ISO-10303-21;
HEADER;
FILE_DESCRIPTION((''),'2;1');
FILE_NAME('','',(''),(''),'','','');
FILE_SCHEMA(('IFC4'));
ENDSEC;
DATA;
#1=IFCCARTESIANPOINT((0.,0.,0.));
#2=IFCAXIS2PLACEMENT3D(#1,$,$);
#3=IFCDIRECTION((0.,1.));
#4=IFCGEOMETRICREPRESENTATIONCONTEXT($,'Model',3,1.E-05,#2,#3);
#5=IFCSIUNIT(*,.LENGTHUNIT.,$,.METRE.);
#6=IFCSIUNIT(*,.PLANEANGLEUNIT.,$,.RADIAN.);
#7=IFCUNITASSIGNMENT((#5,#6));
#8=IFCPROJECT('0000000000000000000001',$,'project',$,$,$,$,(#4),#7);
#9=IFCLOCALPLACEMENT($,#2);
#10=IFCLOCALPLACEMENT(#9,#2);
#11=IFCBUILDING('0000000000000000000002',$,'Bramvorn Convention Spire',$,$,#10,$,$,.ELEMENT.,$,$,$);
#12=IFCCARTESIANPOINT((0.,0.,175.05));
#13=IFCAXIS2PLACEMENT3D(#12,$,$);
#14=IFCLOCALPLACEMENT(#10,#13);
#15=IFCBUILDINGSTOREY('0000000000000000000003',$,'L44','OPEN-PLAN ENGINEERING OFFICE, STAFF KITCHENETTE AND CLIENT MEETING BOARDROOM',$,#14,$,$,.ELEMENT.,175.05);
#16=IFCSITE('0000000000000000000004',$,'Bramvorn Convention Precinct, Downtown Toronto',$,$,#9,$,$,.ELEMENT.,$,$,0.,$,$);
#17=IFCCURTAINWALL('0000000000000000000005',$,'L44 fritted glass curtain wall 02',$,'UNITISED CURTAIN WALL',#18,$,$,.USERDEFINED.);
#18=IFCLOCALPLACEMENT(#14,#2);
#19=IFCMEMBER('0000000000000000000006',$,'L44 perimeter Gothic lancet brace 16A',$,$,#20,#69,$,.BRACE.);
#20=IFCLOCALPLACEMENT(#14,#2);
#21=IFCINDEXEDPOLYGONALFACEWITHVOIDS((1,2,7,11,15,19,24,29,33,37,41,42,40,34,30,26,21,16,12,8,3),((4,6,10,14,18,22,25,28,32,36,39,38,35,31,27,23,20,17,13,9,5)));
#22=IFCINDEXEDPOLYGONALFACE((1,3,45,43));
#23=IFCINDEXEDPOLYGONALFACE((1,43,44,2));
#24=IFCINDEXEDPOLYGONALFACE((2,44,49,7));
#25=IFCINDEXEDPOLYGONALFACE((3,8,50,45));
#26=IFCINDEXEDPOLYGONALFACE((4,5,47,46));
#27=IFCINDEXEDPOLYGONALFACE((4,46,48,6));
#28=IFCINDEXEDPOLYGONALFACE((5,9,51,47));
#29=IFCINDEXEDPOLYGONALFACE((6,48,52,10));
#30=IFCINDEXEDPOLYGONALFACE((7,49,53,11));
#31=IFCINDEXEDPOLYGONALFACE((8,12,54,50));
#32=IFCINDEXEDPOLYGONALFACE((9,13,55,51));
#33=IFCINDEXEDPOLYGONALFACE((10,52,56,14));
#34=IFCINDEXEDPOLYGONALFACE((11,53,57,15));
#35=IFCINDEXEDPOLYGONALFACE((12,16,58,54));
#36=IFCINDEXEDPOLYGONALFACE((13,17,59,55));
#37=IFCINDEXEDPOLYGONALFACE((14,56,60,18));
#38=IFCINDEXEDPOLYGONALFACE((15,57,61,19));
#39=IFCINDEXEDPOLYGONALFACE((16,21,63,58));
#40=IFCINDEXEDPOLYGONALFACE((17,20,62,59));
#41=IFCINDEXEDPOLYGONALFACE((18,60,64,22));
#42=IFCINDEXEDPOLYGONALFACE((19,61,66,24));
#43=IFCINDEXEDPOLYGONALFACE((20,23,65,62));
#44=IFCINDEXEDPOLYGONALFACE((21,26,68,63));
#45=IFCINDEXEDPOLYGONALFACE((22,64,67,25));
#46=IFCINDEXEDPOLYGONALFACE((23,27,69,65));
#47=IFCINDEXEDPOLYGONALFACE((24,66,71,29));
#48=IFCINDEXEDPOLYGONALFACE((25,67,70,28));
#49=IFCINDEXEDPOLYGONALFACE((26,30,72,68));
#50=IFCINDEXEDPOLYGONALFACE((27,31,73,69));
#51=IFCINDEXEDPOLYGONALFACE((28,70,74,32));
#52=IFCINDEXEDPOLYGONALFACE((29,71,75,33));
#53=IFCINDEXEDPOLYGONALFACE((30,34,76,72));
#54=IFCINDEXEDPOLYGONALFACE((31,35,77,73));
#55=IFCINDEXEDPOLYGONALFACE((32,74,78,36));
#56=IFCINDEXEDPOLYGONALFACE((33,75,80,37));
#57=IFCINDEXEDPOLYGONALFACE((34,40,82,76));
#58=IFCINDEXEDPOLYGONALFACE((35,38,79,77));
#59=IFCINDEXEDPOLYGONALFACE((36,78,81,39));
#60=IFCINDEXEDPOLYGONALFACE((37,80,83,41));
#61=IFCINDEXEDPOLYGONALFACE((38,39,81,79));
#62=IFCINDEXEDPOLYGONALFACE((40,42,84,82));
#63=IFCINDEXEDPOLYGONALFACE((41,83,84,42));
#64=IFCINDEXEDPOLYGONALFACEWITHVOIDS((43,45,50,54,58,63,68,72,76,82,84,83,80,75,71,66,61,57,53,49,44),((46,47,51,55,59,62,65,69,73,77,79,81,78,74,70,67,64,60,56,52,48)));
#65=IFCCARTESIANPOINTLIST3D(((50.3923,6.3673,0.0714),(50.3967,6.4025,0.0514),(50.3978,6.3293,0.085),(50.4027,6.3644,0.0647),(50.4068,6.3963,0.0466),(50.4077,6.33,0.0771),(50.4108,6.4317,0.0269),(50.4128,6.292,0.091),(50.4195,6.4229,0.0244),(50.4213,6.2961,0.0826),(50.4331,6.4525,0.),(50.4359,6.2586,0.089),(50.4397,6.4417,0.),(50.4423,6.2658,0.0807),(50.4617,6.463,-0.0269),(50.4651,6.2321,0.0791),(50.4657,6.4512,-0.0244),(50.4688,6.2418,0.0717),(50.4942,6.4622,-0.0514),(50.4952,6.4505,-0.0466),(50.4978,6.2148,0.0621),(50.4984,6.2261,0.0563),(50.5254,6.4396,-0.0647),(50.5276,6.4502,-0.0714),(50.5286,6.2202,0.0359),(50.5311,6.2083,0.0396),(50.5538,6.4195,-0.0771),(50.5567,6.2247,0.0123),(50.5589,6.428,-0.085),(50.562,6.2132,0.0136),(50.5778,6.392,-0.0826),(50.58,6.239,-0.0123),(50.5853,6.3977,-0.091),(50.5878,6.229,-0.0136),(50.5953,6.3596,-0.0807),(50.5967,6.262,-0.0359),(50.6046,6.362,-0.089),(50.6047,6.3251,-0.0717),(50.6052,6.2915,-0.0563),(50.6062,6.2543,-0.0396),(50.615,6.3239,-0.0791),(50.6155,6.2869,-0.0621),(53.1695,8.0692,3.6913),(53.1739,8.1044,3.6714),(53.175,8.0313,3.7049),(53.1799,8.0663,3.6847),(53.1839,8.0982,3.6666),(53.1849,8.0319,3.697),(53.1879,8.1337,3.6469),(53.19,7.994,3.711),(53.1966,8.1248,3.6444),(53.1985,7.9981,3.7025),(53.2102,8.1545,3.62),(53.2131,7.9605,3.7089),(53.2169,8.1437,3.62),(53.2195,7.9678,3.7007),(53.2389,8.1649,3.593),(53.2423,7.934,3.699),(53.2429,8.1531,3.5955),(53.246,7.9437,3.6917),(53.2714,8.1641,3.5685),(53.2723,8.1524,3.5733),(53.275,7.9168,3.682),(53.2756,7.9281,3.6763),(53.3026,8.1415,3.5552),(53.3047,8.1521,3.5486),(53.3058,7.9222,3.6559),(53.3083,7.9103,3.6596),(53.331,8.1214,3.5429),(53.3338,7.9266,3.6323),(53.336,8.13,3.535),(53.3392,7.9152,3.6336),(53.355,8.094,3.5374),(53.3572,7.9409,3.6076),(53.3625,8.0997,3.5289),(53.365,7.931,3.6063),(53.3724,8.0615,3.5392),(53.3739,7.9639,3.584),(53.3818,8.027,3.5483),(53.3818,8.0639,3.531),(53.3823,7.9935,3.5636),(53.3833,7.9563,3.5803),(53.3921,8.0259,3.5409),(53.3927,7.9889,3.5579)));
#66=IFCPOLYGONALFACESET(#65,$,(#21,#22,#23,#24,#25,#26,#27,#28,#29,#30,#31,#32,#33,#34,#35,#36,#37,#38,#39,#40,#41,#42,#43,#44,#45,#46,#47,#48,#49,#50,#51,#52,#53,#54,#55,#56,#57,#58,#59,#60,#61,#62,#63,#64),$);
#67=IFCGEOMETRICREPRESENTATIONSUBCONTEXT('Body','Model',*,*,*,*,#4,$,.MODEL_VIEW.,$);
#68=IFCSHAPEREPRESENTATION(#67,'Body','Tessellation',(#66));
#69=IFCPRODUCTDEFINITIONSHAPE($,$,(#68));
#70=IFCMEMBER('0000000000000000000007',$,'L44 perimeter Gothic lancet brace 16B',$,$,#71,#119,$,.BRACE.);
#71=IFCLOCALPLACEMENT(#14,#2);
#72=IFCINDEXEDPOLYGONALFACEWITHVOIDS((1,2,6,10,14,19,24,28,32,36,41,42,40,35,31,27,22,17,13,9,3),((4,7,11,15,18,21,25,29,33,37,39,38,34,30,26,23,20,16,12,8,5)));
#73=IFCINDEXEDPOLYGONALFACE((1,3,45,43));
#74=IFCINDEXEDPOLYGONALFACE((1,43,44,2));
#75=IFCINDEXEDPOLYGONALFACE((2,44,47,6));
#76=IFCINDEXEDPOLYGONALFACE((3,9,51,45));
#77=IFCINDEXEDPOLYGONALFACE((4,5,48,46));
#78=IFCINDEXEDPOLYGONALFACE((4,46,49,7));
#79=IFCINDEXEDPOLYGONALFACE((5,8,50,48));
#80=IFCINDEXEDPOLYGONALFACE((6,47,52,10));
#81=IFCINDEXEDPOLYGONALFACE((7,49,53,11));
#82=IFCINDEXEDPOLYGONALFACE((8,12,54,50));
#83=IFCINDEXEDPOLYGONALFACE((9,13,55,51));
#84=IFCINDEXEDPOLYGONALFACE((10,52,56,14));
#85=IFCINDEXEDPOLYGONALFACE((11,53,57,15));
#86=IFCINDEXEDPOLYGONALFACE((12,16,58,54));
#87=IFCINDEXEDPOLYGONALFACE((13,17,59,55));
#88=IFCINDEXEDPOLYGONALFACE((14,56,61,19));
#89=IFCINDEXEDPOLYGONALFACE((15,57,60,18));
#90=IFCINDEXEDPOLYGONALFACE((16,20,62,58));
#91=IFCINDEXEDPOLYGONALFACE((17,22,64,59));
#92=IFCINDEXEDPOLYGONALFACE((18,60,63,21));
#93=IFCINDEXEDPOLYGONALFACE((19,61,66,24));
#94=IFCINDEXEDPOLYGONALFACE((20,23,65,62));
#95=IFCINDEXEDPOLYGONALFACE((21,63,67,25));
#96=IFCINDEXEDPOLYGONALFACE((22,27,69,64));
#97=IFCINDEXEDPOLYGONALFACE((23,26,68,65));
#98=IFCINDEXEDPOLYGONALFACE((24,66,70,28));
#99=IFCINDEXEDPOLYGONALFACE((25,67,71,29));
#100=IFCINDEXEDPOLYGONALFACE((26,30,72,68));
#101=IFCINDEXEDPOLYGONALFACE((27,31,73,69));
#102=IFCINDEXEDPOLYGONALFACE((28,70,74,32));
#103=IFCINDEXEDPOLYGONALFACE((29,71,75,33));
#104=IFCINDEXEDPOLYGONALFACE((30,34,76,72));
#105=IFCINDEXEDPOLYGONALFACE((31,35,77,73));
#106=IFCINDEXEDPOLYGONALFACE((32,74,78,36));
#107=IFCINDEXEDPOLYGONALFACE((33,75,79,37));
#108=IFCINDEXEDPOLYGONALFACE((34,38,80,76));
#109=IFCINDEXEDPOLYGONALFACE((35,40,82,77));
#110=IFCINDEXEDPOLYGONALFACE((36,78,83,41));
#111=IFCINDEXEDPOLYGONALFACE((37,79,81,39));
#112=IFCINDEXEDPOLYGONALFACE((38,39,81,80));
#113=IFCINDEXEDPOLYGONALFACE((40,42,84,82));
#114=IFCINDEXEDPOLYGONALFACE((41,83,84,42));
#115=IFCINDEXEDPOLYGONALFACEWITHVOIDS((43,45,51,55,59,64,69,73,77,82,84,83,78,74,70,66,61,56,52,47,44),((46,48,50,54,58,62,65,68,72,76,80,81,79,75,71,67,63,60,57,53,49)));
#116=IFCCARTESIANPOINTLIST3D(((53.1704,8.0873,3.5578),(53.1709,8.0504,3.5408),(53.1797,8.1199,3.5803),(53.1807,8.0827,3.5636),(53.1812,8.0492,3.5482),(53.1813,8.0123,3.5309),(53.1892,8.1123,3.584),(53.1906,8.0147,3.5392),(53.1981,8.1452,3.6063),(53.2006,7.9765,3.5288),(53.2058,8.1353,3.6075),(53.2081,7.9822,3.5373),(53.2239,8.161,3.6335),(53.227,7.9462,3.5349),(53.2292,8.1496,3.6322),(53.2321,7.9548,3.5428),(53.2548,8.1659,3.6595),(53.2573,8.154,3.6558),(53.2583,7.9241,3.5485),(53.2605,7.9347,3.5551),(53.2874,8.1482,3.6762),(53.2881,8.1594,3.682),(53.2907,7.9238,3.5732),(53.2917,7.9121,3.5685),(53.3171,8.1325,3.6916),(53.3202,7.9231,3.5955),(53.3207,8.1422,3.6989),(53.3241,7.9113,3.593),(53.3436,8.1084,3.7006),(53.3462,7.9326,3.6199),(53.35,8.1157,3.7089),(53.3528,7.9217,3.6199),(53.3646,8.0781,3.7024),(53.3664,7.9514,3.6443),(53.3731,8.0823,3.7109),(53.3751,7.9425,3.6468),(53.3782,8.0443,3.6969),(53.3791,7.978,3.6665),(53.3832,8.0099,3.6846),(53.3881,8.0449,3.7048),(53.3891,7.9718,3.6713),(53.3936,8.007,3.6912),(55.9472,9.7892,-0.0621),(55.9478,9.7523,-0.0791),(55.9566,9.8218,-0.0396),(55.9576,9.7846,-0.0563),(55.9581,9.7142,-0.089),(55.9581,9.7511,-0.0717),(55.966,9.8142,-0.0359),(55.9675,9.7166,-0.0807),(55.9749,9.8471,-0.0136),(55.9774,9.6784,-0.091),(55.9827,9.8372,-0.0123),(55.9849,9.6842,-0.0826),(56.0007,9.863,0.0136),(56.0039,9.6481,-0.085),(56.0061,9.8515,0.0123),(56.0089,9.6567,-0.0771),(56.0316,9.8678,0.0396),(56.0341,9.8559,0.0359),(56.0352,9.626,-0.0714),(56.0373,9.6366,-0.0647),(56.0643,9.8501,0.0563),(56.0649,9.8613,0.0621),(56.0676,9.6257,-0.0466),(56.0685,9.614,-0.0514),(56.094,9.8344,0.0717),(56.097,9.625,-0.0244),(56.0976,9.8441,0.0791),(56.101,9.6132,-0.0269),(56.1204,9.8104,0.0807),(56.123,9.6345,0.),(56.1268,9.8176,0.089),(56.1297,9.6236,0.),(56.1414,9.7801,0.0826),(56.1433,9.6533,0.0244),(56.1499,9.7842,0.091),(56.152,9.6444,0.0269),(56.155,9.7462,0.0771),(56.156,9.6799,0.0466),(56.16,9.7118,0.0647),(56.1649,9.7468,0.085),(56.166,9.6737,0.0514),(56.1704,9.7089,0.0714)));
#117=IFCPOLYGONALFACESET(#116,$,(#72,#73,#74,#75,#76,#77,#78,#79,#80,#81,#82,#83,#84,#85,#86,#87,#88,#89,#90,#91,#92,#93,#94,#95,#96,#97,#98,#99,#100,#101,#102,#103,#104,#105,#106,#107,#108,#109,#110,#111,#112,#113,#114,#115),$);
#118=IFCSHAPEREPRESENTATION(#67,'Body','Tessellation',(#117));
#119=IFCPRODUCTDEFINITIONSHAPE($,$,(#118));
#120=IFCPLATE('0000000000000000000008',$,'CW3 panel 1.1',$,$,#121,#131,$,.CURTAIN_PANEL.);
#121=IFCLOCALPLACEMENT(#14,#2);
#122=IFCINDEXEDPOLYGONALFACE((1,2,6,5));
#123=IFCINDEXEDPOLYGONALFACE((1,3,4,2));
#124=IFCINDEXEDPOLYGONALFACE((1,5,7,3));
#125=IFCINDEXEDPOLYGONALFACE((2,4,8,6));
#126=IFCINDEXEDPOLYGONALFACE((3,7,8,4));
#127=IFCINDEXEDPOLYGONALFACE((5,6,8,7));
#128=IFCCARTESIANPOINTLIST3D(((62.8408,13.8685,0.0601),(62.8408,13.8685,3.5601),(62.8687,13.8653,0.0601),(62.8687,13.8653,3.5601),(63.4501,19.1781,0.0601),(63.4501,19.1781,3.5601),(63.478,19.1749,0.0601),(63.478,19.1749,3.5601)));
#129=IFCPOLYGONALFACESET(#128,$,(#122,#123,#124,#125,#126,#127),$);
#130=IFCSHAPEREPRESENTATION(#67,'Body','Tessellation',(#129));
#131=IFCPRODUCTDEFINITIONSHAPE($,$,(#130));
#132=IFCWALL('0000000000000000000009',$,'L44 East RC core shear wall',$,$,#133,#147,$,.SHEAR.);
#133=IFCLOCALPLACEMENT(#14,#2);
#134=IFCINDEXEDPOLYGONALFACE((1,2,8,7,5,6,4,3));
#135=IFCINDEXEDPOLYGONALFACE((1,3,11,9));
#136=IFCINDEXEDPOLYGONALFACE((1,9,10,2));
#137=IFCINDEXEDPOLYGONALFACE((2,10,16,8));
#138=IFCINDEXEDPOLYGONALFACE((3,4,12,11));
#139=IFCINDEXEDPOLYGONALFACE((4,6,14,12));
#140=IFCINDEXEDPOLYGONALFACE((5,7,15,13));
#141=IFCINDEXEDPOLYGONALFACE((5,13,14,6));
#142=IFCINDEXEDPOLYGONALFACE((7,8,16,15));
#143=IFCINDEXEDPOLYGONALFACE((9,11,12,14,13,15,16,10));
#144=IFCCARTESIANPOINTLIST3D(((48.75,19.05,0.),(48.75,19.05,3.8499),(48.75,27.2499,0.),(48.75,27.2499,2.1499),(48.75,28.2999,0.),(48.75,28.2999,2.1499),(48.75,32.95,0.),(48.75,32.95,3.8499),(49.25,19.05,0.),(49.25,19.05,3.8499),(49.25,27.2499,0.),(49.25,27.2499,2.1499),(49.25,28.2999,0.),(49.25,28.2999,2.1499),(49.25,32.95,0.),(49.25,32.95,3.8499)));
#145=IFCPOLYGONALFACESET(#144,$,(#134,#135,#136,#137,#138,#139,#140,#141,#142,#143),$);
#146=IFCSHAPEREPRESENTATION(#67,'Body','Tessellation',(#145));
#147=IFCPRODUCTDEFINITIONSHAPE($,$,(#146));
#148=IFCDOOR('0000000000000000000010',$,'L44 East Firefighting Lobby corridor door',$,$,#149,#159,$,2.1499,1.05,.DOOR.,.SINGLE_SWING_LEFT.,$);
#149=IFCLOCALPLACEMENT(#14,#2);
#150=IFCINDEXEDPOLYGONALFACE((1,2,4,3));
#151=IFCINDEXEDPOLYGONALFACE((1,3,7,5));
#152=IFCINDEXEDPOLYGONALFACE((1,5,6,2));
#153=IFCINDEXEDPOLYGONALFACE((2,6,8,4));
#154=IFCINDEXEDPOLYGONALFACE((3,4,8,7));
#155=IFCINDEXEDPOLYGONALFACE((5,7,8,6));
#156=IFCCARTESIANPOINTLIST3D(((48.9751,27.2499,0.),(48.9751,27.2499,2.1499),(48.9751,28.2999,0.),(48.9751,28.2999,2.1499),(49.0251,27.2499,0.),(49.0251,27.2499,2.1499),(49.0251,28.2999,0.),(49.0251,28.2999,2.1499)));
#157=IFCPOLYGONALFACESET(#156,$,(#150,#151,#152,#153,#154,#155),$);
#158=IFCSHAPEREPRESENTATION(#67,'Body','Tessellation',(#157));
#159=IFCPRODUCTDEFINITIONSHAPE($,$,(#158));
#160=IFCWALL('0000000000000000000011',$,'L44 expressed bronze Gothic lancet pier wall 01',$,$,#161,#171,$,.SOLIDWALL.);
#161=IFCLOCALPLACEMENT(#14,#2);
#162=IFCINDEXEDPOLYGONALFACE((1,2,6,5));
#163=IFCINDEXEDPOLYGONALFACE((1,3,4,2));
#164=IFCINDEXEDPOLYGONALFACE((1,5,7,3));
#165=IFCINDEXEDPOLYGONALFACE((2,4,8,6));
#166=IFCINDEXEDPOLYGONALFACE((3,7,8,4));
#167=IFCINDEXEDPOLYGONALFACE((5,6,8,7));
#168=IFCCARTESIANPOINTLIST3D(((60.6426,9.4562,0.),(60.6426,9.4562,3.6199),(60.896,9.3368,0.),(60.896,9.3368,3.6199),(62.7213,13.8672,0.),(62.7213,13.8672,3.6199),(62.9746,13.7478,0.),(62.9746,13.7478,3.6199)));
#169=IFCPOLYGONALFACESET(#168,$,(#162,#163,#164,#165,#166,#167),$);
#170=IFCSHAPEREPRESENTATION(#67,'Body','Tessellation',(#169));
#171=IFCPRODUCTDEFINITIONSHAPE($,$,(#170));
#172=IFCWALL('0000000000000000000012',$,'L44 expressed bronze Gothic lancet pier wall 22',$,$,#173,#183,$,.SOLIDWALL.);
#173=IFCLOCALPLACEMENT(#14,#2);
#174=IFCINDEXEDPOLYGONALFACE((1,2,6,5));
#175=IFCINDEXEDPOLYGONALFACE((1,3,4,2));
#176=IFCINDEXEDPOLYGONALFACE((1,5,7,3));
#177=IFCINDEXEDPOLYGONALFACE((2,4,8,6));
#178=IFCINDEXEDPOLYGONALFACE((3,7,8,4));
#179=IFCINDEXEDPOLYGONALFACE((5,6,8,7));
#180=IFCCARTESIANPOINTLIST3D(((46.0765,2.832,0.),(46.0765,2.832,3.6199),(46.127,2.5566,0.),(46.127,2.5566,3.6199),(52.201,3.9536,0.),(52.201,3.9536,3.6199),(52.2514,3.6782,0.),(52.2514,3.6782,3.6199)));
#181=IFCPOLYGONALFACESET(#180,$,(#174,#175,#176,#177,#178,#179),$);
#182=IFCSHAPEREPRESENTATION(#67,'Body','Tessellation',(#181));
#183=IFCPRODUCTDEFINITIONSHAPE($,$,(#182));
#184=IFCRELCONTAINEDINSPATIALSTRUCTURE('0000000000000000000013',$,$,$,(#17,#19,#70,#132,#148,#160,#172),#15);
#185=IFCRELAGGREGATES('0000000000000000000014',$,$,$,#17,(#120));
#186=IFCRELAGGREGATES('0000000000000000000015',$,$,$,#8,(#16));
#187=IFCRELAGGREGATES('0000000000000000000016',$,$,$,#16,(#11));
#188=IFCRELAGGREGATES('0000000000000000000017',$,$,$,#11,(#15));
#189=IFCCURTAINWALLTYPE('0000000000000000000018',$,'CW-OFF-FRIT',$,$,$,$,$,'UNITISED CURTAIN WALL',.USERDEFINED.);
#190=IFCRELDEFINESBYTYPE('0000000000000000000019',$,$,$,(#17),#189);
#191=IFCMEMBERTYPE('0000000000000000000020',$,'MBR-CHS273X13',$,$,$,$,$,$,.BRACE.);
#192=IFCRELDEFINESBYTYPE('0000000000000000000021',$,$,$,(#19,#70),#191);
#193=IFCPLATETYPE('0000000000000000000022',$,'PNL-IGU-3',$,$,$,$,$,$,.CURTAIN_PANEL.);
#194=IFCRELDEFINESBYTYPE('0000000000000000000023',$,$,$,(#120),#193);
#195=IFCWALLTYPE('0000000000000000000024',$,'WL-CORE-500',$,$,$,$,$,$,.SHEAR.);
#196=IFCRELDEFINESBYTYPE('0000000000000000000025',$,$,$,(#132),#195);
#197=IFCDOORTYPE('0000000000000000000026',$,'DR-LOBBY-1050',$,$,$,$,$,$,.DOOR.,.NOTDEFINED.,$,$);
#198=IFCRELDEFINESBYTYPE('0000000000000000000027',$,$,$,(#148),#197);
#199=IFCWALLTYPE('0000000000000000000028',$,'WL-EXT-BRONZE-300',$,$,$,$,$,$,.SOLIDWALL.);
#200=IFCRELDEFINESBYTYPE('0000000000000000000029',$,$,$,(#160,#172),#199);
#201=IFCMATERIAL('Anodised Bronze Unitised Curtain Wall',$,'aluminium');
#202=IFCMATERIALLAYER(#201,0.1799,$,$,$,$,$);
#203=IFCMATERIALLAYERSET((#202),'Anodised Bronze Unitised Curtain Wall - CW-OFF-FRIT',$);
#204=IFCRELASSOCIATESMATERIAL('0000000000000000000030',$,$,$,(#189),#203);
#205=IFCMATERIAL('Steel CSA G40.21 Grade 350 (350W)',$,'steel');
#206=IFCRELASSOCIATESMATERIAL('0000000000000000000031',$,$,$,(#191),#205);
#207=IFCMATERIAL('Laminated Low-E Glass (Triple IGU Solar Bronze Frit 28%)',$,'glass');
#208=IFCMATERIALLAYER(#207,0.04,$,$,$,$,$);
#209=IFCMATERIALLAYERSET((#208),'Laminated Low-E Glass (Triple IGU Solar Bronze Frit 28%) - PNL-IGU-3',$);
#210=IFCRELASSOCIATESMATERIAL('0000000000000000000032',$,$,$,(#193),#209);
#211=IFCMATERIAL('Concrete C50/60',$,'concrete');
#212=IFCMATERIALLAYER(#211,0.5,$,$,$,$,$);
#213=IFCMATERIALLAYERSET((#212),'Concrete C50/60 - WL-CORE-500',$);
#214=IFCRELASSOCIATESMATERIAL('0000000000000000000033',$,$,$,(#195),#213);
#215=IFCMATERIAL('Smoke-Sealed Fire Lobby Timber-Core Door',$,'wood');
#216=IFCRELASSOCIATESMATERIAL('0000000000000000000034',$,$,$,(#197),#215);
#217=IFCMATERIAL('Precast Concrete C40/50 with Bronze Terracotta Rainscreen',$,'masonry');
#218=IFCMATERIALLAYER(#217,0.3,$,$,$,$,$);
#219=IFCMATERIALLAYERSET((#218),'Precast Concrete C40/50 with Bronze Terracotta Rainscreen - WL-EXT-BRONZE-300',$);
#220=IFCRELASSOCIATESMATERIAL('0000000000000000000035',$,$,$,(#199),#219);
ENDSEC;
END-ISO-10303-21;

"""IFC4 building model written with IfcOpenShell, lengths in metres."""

from ifc_helpers import new_model, si_unit, direction, frame, frame_2d, origin, origin_2d, place, context, subcontext, project, spatial, rectangle, hollow_circle, extrude, material, layer, layer_set, material_profile, profile_set, type_object, element, fill, aggregate, save


model = new_model("IFC4")

# Units and contexts
model_context = context("Model", 3, precision=1e-05, world=origin(), true_north=direction((0.0, 1.0)))
body_context = subcontext(model_context, "Body", "Model", "MODEL_VIEW")
ifc_project = project(units=[si_unit("LENGTHUNIT", "METRE"), si_unit("PLANEANGLEUNIT", "RADIAN")], contexts=[model_context])

# Site, building, storey
site_placement = place(None, origin())
site = spatial("IfcSite", under=ifc_project, at=site_placement, Name="Bramvorn Convention Precinct, Downtown Toronto", CompositionType="ELEMENT", RefElevation=0.0)
building_placement = place(site_placement, origin())
building = spatial("IfcBuilding", under=site, at=building_placement, Name="Bramvorn Convention Spire", CompositionType="ELEMENT")
storey_placement = place(building_placement, frame((0.0, 0.0, 175.05)))
storey = spatial("IfcBuildingStorey", under=building, at=storey_placement, Name="L44", Description="OPEN-PLAN ENGINEERING OFFICE, STAFF KITCHENETTE AND CLIENT MEETING BOARDROOM", CompositionType="ELEMENT", Elevation=175.05)

# Shared definitions
ifc_material_1 = material(Name="Steel CSA G40.21 Grade 350 (350W)", Category="steel")

# Curtain wall
ifc_material_2 = material(Name="Anodised Bronze Unitised Curtain Wall", Category="aluminium")
ifc_layer_1 = layer(ifc_material_2, 0.1799)
ifc_layer_set_1 = layer_set([ifc_layer_1], Name="Anodised Bronze Unitised Curtain Wall - CW-OFF-FRIT")
curtain_wall_type = type_object("IfcCurtainWallType", Name="CW-OFF-FRIT", ElementType="UNITISED CURTAIN WALL", PredefinedType="USERDEFINED", material=ifc_layer_set_1)
curtain_wall_1_placement = place(storey_placement, origin())
curtain_wall_1 = element("IfcCurtainWall", 1, at=curtain_wall_1_placement, inside=storey, type_object=curtain_wall_type, Name="L44 fritted glass curtain wall 02", ObjectType="UNITISED CURTAIN WALL", PredefinedType="USERDEFINED")

# Members
ifc_material_profile_1 = material_profile(ifc_material_1, hollow_circle(Radius=0.1365, WallThickness=0.0127, at=origin_2d()))
ifc_profile_set_1 = profile_set([ifc_material_profile_1], Name="Steel CSA G40.21 Grade 350 (350W) - CHS273X13")
member_type_1 = type_object("IfcMemberType", Name="MBR-CHS273X13", PredefinedType="BRACE", material=ifc_profile_set_1)
member_1_placement = place(storey_placement, frame((50.5044, 6.3362, 0.0), z_axis=(0.570302, 0.349501, 0.743373), x_axis=(-0.52252, 0.852627, 0.0)))
element("IfcMember", 2, at=member_1_placement, inside=storey, type_object=member_type_1, Name="L44 perimeter Gothic lancet brace 16A", PredefinedType="BRACE", context=body_context, shape_type="SweptSolid", body=[
    extrude(hollow_circle(Radius=0.1365, WallThickness=0.0127, at=origin_2d()), origin(), (0.0, 0.0, 1.0), 4.8696),
])
member_2_placement = place(storey_placement, frame((56.0583, 9.74, 0.0), z_axis=(-0.570269, -0.349511, 0.743395), x_axis=(0.522553, -0.852607, 0.0)))
element("IfcMember", 3, at=member_2_placement, inside=storey, type_object=member_type_1, Name="L44 perimeter Gothic lancet brace 16B", PredefinedType="BRACE", context=body_context, shape_type="SweptSolid", body=[
    extrude(hollow_circle(Radius=0.1365, WallThickness=0.0127, at=origin_2d()), origin(), (0.0, 0.0, 1.0), 4.8694),
])

# Plate
ifc_material_3 = material(Name="Laminated Low-E Glass (Triple IGU Solar Bronze Frit 28%)", Category="glass")
ifc_layer_2 = layer(ifc_material_3, 0.04)
ifc_layer_set_2 = layer_set([ifc_layer_2], Name="Laminated Low-E Glass (Triple IGU Solar Bronze Frit 28%) - PNL-IGU-3")
plate_type = type_object("IfcPlateType", Name="PNL-IGU-3", PredefinedType="CURTAIN_PANEL", material=ifc_layer_set_2)
plate_placement = place(storey_placement, frame((63.1594, 16.5217, 0.0601), z_axis=(0.0, 0.0, 1.0), x_axis=(-0.114008, -0.99348, 0.0)))
plate = element("IfcPlate", 4, at=plate_placement, type_object=plate_type, Name="CW3 panel 1.1", PredefinedType="CURTAIN_PANEL", context=body_context, shape_type="SweptSolid", body=[
    extrude(rectangle(XDim=5.3445, YDim=0.0281, at=origin_2d()), origin(), (0.0, 0.0, 1.0), 3.5),
])
aggregate(curtain_wall_1, [plate])

# Wall, opening, door
ifc_material_4 = material(Name="Concrete C50/60", Category="concrete")
ifc_layer_3 = layer(ifc_material_4, 0.5)
ifc_layer_set_3 = layer_set([ifc_layer_3], Name="Concrete C50/60 - WL-CORE-500")
wall_type_1 = type_object("IfcWallType", Name="WL-CORE-500", PredefinedType="SHEAR", material=ifc_layer_set_3)
wall_1_placement = place(storey_placement, frame((49.0, 19.05, 0.0), z_axis=(0.0, 0.0, 1.0), x_axis=(0.0, 1.0, 0.0)))
wall_1 = element("IfcWall", 5, at=wall_1_placement, inside=storey, type_object=wall_type_1, Name="L44 East RC core shear wall", PredefinedType="SHEAR", context=body_context, shape_type="SweptSolid", body=[
    extrude(rectangle(XDim=13.8999, YDim=0.5, at=frame_2d((6.95, 0.0))), origin(), (0.0, 0.0, 1.0), 3.8499),
])
opening_placement = place(wall_1_placement, frame((8.2, 0.0, 0.0)))
opening = element("IfcOpeningElement", 6, at=opening_placement, cuts=wall_1, PredefinedType="OPENING", context=body_context, shape_type="SweptSolid", body=[
    extrude(rectangle(XDim=1.05, YDim=2.1499, at=frame_2d((0.5249, 1.075))), frame((0.0, 0.26, 0.0), z_axis=(0.0, -1.0, 0.0), x_axis=(1.0, 0.0, 0.0)), (0.0, 0.0, 1.0), 0.52),
])
ifc_material_5 = material(Name="Smoke-Sealed Fire Lobby Timber-Core Door", Category="wood")
door_type = type_object("IfcDoorType", Name="DR-LOBBY-1050", OperationType="NOTDEFINED", PredefinedType="DOOR", material=ifc_material_5)
door_placement = place(opening_placement, origin())
door = element("IfcDoor", 7, at=door_placement, inside=storey, type_object=door_type, Name="L44 East Firefighting Lobby corridor door", OperationType="SINGLE_SWING_LEFT", OverallHeight=2.1499, OverallWidth=1.05, PredefinedType="DOOR", context=body_context, shape_type="SweptSolid", body=[
    extrude(rectangle(XDim=1.05, YDim=2.1499, at=frame_2d((0.5249, 1.075))), frame((0.0, 0.0249, 0.0), z_axis=(0.0, -1.0, 0.0), x_axis=(1.0, 0.0, 0.0)), (0.0, 0.0, 1.0), 0.05),
])
fill(opening, door)

# Walls
ifc_material_6 = material(Name="Precast Concrete C40/50 with Bronze Terracotta Rainscreen", Category="masonry")
ifc_layer_4 = layer(ifc_material_6, 0.3)
ifc_layer_set_4 = layer_set([ifc_layer_4], Name="Precast Concrete C40/50 with Bronze Terracotta Rainscreen - WL-EXT-BRONZE-300")
wall_type_2 = type_object("IfcWallType", Name="WL-EXT-BRONZE-300", PredefinedType="SOLIDWALL", material=ifc_layer_set_4)
wall_2_placement = place(storey_placement, frame((62.8479, 13.8074, 0.0), z_axis=(0.0, 0.0, 1.0), x_axis=(-0.426284, -0.904589, 0.0)))
element("IfcWall", 8, at=wall_2_placement, inside=storey, type_object=wall_type_2, Name="L44 expressed bronze Gothic lancet pier wall 01", PredefinedType="SOLIDWALL", context=body_context, shape_type="SweptSolid", body=[
    extrude(rectangle(XDim=4.8762, YDim=0.28, at=frame_2d((2.438, 0.0))), origin(), (0.0, 0.0, 1.0), 3.6199),
])
wall_3_placement = place(storey_placement, frame((52.2263, 3.8159, 0.0), z_axis=(0.0, 0.0, 1.0), x_axis=(-0.983642, -0.180134, 0.0)))
element("IfcWall", 9, at=wall_3_placement, inside=storey, type_object=wall_type_2, Name="L44 expressed bronze Gothic lancet pier wall 22", PredefinedType="SOLIDWALL", context=body_context, shape_type="SweptSolid", body=[
    extrude(rectangle(XDim=6.2263, YDim=0.28, at=frame_2d((3.1133, 0.0))), origin(), (0.0, 0.0, 1.0), 3.6199),
])

save(model, "model.ifc")
